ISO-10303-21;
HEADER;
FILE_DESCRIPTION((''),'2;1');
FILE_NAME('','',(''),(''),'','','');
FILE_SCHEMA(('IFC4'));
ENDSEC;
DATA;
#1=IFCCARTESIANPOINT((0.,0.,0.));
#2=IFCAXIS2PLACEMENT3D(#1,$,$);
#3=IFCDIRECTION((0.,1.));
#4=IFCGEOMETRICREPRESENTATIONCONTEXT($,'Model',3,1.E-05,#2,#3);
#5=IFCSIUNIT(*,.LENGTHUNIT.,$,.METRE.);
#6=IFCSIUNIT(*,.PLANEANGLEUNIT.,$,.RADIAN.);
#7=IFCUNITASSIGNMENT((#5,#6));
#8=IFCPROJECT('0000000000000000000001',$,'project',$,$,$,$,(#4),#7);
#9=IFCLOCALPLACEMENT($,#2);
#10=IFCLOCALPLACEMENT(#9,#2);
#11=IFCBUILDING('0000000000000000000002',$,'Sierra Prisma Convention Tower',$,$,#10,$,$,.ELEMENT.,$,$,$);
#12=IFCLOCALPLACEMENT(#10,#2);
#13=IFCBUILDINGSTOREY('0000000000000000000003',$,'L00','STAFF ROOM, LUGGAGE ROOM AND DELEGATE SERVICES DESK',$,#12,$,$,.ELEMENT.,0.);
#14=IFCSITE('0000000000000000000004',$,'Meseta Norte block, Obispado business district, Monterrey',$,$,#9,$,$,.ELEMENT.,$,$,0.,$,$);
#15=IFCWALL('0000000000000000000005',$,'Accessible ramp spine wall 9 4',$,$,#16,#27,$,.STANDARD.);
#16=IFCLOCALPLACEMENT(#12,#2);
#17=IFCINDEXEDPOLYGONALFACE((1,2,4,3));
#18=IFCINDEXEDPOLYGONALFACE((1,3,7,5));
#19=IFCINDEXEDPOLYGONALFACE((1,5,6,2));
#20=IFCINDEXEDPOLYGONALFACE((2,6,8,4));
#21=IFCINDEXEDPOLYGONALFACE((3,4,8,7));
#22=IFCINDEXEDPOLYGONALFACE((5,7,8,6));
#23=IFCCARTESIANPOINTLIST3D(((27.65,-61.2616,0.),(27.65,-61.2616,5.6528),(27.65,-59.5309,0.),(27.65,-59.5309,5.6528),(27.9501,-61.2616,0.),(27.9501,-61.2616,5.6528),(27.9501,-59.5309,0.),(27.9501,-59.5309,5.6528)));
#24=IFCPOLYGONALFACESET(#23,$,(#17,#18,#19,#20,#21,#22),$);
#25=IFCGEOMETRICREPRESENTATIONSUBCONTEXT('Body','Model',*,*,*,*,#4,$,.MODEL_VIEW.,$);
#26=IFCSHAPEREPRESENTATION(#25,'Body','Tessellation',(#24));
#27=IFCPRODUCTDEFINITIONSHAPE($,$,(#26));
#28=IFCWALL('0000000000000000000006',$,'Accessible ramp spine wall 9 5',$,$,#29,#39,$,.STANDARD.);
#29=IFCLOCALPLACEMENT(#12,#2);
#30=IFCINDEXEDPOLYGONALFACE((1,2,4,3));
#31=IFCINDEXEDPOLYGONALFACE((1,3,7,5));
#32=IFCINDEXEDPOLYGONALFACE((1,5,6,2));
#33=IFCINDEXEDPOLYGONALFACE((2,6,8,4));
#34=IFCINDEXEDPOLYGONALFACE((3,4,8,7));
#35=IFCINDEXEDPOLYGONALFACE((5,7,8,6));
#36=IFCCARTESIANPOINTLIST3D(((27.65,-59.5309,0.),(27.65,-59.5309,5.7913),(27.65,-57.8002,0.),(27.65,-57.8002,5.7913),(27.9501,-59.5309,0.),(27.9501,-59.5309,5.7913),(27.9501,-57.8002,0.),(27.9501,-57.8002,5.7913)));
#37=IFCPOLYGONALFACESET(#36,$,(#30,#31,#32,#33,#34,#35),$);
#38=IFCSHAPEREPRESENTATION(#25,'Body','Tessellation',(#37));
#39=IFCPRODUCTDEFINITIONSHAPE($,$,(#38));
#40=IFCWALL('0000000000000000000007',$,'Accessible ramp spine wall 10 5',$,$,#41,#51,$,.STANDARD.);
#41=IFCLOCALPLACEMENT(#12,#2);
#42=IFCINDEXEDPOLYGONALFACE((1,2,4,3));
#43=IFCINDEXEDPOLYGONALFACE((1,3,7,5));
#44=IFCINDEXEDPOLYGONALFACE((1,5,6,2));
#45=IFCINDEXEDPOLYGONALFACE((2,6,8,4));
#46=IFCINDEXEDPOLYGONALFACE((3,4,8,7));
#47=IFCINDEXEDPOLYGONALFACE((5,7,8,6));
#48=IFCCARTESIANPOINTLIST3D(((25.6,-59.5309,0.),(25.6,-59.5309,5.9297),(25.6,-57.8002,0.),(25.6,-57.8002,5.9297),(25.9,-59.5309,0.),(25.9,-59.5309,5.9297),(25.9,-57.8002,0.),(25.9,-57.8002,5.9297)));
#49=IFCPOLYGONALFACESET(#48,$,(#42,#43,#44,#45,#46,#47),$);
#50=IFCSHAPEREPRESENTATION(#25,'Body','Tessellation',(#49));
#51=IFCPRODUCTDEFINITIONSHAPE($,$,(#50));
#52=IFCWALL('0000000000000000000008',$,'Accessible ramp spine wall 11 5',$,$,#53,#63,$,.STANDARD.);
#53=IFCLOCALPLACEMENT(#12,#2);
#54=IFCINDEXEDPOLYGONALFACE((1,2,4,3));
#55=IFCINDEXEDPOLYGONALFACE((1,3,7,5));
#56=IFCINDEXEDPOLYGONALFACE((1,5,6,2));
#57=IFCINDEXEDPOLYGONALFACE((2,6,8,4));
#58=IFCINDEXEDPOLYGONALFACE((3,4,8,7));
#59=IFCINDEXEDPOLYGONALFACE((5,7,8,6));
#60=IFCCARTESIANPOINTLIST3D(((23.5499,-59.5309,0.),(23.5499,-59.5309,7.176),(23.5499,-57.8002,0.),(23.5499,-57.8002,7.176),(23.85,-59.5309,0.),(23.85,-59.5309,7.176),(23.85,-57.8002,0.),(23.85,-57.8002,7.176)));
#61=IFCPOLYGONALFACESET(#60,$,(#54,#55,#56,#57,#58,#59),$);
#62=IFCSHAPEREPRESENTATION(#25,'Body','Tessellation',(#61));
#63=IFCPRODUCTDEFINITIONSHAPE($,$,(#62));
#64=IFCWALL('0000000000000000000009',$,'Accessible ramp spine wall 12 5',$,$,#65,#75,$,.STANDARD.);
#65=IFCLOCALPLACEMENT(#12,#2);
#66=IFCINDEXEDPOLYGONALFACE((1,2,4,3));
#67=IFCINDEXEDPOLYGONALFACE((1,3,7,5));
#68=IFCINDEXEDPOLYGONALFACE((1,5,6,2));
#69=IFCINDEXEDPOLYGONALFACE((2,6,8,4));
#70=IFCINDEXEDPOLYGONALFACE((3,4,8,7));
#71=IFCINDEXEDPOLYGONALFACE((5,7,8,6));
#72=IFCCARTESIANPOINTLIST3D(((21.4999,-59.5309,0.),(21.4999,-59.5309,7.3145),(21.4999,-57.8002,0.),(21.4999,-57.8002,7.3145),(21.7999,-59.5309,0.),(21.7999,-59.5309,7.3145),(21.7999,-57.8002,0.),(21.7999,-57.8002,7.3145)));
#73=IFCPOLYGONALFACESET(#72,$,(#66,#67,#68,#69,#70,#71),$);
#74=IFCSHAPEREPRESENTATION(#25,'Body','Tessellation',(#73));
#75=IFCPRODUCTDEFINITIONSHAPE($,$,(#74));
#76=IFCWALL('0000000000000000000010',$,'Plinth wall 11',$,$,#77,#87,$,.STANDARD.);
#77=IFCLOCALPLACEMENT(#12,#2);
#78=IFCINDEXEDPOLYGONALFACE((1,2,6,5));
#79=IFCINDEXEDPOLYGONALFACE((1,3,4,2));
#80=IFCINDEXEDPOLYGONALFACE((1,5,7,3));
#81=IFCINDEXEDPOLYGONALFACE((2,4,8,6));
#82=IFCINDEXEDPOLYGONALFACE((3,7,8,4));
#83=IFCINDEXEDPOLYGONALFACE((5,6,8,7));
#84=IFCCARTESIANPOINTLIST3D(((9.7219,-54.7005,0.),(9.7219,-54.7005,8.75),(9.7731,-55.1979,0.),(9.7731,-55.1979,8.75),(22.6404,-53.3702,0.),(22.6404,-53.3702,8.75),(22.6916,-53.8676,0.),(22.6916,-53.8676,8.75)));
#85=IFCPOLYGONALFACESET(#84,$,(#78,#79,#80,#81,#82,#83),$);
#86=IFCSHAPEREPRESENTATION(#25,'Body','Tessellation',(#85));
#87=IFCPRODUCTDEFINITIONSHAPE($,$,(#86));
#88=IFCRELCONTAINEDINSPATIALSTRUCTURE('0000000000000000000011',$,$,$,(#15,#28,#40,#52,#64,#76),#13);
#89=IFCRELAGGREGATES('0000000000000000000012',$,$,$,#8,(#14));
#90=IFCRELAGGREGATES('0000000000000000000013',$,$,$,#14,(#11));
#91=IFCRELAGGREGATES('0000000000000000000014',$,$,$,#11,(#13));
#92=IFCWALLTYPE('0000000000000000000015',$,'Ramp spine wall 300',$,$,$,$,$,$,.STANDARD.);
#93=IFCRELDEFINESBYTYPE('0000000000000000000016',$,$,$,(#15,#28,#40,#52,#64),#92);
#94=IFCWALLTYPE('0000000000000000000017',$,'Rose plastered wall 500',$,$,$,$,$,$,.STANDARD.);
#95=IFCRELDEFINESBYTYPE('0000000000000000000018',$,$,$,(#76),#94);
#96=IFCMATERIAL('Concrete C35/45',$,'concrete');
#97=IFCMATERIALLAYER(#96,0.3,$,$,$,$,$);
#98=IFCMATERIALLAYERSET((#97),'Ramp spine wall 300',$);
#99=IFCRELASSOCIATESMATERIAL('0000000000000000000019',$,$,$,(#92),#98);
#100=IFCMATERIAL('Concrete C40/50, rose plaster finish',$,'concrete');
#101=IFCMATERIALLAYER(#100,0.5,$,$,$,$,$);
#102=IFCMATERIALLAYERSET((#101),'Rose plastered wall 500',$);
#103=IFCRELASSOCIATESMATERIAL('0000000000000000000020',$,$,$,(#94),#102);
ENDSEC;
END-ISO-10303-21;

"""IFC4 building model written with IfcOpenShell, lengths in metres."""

from ifc_helpers import new_model, si_unit, direction, frame, frame_2d, origin, place, context, subcontext, project, spatial, rectangle, extrude, material, layer, layer_set, type_object, element, save


model = new_model("IFC4")

# Units and contexts
model_context = context("Model", 3, precision=1e-05, world=origin(), true_north=direction((0.0, 1.0)))
body_context = subcontext(model_context, "Body", "Model", "MODEL_VIEW")
ifc_project = project(units=[si_unit("LENGTHUNIT", "METRE"), si_unit("PLANEANGLEUNIT", "RADIAN")], contexts=[model_context])

# Site, building, storey
site_placement = place(None, origin())
site = spatial("IfcSite", under=ifc_project, at=site_placement, Name="Meseta Norte block, Obispado business district, Monterrey", CompositionType="ELEMENT", RefElevation=0.0)
building_placement = place(site_placement, origin())
building = spatial("IfcBuilding", under=site, at=building_placement, Name="Sierra Prisma Convention Tower", CompositionType="ELEMENT")
storey_placement = place(building_placement, origin())
storey = spatial("IfcBuildingStorey", under=building, at=storey_placement, Name="L00", Description="STAFF ROOM, LUGGAGE ROOM AND DELEGATE SERVICES DESK", CompositionType="ELEMENT", Elevation=0.0)

# Walls
ifc_material_1 = material(Name="Concrete C35/45", Category="concrete")
ifc_layer_1 = layer(ifc_material_1, 0.3)
ifc_layer_set_1 = layer_set([ifc_layer_1], Name="Ramp spine wall 300")
wall_type_1 = type_object("IfcWallType", Name="Ramp spine wall 300", PredefinedType="STANDARD", material=ifc_layer_set_1)
wall_1_placement = place(storey_placement, frame((27.8, -61.2615, 0.0), z_axis=(0.0, 0.0, 1.0), x_axis=(0.0, 1.0, 0.0)))
element("IfcWall", 1, at=wall_1_placement, inside=storey, type_object=wall_type_1, Name="Accessible ramp spine wall 9 4", PredefinedType="STANDARD", context=body_context, shape_type="SweptSolid", body=[
    extrude(rectangle(XDim=1.7307, YDim=0.3, at=frame_2d((0.8652, 0.0))), origin(), (0.0, 0.0, 1.0), 5.6528),
])
wall_2_placement = place(storey_placement, frame((27.8, -59.5308, 0.0), z_axis=(0.0, 0.0, 1.0), x_axis=(0.0, 1.0, 0.0)))
element("IfcWall", 2, at=wall_2_placement, inside=storey, type_object=wall_type_1, Name="Accessible ramp spine wall 9 5", PredefinedType="STANDARD", context=body_context, shape_type="SweptSolid", body=[
    extrude(rectangle(XDim=1.7307, YDim=0.3, at=frame_2d((0.8652, 0.0))), origin(), (0.0, 0.0, 1.0), 5.7913),
])
wall_3_placement = place(storey_placement, frame((25.75, -59.5308, 0.0), z_axis=(0.0, 0.0, 1.0), x_axis=(0.0, 1.0, 0.0)))
element("IfcWall", 3, at=wall_3_placement, inside=storey, type_object=wall_type_1, Name="Accessible ramp spine wall 10 5", PredefinedType="STANDARD", context=body_context, shape_type="SweptSolid", body=[
    extrude(rectangle(XDim=1.7307, YDim=0.3, at=frame_2d((0.8652, 0.0))), origin(), (0.0, 0.0, 1.0), 5.9297),
])
wall_4_placement = place(storey_placement, frame((23.7, -59.5308, 0.0), z_axis=(0.0, 0.0, 1.0), x_axis=(0.0, 1.0, 0.0)))
element("IfcWall", 4, at=wall_4_placement, inside=storey, type_object=wall_type_1, Name="Accessible ramp spine wall 11 5", PredefinedType="STANDARD", context=body_context, shape_type="SweptSolid", body=[
    extrude(rectangle(XDim=1.7307, YDim=0.3, at=frame_2d((0.8652, 0.0))), origin(), (0.0, 0.0, 1.0), 7.176),
])
wall_5_placement = place(storey_placement, frame((21.6499, -59.5308, 0.0), z_axis=(0.0, 0.0, 1.0), x_axis=(0.0, 1.0, 0.0)))
element("IfcWall", 5, at=wall_5_placement, inside=storey, type_object=wall_type_1, Name="Accessible ramp spine wall 12 5", PredefinedType="STANDARD", context=body_context, shape_type="SweptSolid", body=[
    extrude(rectangle(XDim=1.7307, YDim=0.3, at=frame_2d((0.8652, 0.0))), origin(), (0.0, 0.0, 1.0), 7.3145),
])
ifc_material_2 = material(Name="Concrete C40/50, rose plaster finish", Category="concrete")
ifc_layer_2 = layer(ifc_material_2, 0.5)
ifc_layer_set_2 = layer_set([ifc_layer_2], Name="Rose plastered wall 500")
wall_type_2 = type_object("IfcWallType", Name="Rose plastered wall 500", PredefinedType="STANDARD", material=ifc_layer_set_2)
wall_6_placement = place(storey_placement, frame((22.666, -53.6189, 0.0), z_axis=(0.0, 0.0, 1.0), x_axis=(-0.99474, -0.102437, 0.0)))
element("IfcWall", 6, at=wall_6_placement, inside=storey, type_object=wall_type_2, Name="Plinth wall 11", PredefinedType="STANDARD", context=body_context, shape_type="SweptSolid", body=[
    extrude(rectangle(XDim=12.9868, YDim=0.5, at=frame_2d((6.4934, 0.0))), origin(), (0.0, 0.0, 1.0), 8.75),
])

save(model, "model.ifc")
